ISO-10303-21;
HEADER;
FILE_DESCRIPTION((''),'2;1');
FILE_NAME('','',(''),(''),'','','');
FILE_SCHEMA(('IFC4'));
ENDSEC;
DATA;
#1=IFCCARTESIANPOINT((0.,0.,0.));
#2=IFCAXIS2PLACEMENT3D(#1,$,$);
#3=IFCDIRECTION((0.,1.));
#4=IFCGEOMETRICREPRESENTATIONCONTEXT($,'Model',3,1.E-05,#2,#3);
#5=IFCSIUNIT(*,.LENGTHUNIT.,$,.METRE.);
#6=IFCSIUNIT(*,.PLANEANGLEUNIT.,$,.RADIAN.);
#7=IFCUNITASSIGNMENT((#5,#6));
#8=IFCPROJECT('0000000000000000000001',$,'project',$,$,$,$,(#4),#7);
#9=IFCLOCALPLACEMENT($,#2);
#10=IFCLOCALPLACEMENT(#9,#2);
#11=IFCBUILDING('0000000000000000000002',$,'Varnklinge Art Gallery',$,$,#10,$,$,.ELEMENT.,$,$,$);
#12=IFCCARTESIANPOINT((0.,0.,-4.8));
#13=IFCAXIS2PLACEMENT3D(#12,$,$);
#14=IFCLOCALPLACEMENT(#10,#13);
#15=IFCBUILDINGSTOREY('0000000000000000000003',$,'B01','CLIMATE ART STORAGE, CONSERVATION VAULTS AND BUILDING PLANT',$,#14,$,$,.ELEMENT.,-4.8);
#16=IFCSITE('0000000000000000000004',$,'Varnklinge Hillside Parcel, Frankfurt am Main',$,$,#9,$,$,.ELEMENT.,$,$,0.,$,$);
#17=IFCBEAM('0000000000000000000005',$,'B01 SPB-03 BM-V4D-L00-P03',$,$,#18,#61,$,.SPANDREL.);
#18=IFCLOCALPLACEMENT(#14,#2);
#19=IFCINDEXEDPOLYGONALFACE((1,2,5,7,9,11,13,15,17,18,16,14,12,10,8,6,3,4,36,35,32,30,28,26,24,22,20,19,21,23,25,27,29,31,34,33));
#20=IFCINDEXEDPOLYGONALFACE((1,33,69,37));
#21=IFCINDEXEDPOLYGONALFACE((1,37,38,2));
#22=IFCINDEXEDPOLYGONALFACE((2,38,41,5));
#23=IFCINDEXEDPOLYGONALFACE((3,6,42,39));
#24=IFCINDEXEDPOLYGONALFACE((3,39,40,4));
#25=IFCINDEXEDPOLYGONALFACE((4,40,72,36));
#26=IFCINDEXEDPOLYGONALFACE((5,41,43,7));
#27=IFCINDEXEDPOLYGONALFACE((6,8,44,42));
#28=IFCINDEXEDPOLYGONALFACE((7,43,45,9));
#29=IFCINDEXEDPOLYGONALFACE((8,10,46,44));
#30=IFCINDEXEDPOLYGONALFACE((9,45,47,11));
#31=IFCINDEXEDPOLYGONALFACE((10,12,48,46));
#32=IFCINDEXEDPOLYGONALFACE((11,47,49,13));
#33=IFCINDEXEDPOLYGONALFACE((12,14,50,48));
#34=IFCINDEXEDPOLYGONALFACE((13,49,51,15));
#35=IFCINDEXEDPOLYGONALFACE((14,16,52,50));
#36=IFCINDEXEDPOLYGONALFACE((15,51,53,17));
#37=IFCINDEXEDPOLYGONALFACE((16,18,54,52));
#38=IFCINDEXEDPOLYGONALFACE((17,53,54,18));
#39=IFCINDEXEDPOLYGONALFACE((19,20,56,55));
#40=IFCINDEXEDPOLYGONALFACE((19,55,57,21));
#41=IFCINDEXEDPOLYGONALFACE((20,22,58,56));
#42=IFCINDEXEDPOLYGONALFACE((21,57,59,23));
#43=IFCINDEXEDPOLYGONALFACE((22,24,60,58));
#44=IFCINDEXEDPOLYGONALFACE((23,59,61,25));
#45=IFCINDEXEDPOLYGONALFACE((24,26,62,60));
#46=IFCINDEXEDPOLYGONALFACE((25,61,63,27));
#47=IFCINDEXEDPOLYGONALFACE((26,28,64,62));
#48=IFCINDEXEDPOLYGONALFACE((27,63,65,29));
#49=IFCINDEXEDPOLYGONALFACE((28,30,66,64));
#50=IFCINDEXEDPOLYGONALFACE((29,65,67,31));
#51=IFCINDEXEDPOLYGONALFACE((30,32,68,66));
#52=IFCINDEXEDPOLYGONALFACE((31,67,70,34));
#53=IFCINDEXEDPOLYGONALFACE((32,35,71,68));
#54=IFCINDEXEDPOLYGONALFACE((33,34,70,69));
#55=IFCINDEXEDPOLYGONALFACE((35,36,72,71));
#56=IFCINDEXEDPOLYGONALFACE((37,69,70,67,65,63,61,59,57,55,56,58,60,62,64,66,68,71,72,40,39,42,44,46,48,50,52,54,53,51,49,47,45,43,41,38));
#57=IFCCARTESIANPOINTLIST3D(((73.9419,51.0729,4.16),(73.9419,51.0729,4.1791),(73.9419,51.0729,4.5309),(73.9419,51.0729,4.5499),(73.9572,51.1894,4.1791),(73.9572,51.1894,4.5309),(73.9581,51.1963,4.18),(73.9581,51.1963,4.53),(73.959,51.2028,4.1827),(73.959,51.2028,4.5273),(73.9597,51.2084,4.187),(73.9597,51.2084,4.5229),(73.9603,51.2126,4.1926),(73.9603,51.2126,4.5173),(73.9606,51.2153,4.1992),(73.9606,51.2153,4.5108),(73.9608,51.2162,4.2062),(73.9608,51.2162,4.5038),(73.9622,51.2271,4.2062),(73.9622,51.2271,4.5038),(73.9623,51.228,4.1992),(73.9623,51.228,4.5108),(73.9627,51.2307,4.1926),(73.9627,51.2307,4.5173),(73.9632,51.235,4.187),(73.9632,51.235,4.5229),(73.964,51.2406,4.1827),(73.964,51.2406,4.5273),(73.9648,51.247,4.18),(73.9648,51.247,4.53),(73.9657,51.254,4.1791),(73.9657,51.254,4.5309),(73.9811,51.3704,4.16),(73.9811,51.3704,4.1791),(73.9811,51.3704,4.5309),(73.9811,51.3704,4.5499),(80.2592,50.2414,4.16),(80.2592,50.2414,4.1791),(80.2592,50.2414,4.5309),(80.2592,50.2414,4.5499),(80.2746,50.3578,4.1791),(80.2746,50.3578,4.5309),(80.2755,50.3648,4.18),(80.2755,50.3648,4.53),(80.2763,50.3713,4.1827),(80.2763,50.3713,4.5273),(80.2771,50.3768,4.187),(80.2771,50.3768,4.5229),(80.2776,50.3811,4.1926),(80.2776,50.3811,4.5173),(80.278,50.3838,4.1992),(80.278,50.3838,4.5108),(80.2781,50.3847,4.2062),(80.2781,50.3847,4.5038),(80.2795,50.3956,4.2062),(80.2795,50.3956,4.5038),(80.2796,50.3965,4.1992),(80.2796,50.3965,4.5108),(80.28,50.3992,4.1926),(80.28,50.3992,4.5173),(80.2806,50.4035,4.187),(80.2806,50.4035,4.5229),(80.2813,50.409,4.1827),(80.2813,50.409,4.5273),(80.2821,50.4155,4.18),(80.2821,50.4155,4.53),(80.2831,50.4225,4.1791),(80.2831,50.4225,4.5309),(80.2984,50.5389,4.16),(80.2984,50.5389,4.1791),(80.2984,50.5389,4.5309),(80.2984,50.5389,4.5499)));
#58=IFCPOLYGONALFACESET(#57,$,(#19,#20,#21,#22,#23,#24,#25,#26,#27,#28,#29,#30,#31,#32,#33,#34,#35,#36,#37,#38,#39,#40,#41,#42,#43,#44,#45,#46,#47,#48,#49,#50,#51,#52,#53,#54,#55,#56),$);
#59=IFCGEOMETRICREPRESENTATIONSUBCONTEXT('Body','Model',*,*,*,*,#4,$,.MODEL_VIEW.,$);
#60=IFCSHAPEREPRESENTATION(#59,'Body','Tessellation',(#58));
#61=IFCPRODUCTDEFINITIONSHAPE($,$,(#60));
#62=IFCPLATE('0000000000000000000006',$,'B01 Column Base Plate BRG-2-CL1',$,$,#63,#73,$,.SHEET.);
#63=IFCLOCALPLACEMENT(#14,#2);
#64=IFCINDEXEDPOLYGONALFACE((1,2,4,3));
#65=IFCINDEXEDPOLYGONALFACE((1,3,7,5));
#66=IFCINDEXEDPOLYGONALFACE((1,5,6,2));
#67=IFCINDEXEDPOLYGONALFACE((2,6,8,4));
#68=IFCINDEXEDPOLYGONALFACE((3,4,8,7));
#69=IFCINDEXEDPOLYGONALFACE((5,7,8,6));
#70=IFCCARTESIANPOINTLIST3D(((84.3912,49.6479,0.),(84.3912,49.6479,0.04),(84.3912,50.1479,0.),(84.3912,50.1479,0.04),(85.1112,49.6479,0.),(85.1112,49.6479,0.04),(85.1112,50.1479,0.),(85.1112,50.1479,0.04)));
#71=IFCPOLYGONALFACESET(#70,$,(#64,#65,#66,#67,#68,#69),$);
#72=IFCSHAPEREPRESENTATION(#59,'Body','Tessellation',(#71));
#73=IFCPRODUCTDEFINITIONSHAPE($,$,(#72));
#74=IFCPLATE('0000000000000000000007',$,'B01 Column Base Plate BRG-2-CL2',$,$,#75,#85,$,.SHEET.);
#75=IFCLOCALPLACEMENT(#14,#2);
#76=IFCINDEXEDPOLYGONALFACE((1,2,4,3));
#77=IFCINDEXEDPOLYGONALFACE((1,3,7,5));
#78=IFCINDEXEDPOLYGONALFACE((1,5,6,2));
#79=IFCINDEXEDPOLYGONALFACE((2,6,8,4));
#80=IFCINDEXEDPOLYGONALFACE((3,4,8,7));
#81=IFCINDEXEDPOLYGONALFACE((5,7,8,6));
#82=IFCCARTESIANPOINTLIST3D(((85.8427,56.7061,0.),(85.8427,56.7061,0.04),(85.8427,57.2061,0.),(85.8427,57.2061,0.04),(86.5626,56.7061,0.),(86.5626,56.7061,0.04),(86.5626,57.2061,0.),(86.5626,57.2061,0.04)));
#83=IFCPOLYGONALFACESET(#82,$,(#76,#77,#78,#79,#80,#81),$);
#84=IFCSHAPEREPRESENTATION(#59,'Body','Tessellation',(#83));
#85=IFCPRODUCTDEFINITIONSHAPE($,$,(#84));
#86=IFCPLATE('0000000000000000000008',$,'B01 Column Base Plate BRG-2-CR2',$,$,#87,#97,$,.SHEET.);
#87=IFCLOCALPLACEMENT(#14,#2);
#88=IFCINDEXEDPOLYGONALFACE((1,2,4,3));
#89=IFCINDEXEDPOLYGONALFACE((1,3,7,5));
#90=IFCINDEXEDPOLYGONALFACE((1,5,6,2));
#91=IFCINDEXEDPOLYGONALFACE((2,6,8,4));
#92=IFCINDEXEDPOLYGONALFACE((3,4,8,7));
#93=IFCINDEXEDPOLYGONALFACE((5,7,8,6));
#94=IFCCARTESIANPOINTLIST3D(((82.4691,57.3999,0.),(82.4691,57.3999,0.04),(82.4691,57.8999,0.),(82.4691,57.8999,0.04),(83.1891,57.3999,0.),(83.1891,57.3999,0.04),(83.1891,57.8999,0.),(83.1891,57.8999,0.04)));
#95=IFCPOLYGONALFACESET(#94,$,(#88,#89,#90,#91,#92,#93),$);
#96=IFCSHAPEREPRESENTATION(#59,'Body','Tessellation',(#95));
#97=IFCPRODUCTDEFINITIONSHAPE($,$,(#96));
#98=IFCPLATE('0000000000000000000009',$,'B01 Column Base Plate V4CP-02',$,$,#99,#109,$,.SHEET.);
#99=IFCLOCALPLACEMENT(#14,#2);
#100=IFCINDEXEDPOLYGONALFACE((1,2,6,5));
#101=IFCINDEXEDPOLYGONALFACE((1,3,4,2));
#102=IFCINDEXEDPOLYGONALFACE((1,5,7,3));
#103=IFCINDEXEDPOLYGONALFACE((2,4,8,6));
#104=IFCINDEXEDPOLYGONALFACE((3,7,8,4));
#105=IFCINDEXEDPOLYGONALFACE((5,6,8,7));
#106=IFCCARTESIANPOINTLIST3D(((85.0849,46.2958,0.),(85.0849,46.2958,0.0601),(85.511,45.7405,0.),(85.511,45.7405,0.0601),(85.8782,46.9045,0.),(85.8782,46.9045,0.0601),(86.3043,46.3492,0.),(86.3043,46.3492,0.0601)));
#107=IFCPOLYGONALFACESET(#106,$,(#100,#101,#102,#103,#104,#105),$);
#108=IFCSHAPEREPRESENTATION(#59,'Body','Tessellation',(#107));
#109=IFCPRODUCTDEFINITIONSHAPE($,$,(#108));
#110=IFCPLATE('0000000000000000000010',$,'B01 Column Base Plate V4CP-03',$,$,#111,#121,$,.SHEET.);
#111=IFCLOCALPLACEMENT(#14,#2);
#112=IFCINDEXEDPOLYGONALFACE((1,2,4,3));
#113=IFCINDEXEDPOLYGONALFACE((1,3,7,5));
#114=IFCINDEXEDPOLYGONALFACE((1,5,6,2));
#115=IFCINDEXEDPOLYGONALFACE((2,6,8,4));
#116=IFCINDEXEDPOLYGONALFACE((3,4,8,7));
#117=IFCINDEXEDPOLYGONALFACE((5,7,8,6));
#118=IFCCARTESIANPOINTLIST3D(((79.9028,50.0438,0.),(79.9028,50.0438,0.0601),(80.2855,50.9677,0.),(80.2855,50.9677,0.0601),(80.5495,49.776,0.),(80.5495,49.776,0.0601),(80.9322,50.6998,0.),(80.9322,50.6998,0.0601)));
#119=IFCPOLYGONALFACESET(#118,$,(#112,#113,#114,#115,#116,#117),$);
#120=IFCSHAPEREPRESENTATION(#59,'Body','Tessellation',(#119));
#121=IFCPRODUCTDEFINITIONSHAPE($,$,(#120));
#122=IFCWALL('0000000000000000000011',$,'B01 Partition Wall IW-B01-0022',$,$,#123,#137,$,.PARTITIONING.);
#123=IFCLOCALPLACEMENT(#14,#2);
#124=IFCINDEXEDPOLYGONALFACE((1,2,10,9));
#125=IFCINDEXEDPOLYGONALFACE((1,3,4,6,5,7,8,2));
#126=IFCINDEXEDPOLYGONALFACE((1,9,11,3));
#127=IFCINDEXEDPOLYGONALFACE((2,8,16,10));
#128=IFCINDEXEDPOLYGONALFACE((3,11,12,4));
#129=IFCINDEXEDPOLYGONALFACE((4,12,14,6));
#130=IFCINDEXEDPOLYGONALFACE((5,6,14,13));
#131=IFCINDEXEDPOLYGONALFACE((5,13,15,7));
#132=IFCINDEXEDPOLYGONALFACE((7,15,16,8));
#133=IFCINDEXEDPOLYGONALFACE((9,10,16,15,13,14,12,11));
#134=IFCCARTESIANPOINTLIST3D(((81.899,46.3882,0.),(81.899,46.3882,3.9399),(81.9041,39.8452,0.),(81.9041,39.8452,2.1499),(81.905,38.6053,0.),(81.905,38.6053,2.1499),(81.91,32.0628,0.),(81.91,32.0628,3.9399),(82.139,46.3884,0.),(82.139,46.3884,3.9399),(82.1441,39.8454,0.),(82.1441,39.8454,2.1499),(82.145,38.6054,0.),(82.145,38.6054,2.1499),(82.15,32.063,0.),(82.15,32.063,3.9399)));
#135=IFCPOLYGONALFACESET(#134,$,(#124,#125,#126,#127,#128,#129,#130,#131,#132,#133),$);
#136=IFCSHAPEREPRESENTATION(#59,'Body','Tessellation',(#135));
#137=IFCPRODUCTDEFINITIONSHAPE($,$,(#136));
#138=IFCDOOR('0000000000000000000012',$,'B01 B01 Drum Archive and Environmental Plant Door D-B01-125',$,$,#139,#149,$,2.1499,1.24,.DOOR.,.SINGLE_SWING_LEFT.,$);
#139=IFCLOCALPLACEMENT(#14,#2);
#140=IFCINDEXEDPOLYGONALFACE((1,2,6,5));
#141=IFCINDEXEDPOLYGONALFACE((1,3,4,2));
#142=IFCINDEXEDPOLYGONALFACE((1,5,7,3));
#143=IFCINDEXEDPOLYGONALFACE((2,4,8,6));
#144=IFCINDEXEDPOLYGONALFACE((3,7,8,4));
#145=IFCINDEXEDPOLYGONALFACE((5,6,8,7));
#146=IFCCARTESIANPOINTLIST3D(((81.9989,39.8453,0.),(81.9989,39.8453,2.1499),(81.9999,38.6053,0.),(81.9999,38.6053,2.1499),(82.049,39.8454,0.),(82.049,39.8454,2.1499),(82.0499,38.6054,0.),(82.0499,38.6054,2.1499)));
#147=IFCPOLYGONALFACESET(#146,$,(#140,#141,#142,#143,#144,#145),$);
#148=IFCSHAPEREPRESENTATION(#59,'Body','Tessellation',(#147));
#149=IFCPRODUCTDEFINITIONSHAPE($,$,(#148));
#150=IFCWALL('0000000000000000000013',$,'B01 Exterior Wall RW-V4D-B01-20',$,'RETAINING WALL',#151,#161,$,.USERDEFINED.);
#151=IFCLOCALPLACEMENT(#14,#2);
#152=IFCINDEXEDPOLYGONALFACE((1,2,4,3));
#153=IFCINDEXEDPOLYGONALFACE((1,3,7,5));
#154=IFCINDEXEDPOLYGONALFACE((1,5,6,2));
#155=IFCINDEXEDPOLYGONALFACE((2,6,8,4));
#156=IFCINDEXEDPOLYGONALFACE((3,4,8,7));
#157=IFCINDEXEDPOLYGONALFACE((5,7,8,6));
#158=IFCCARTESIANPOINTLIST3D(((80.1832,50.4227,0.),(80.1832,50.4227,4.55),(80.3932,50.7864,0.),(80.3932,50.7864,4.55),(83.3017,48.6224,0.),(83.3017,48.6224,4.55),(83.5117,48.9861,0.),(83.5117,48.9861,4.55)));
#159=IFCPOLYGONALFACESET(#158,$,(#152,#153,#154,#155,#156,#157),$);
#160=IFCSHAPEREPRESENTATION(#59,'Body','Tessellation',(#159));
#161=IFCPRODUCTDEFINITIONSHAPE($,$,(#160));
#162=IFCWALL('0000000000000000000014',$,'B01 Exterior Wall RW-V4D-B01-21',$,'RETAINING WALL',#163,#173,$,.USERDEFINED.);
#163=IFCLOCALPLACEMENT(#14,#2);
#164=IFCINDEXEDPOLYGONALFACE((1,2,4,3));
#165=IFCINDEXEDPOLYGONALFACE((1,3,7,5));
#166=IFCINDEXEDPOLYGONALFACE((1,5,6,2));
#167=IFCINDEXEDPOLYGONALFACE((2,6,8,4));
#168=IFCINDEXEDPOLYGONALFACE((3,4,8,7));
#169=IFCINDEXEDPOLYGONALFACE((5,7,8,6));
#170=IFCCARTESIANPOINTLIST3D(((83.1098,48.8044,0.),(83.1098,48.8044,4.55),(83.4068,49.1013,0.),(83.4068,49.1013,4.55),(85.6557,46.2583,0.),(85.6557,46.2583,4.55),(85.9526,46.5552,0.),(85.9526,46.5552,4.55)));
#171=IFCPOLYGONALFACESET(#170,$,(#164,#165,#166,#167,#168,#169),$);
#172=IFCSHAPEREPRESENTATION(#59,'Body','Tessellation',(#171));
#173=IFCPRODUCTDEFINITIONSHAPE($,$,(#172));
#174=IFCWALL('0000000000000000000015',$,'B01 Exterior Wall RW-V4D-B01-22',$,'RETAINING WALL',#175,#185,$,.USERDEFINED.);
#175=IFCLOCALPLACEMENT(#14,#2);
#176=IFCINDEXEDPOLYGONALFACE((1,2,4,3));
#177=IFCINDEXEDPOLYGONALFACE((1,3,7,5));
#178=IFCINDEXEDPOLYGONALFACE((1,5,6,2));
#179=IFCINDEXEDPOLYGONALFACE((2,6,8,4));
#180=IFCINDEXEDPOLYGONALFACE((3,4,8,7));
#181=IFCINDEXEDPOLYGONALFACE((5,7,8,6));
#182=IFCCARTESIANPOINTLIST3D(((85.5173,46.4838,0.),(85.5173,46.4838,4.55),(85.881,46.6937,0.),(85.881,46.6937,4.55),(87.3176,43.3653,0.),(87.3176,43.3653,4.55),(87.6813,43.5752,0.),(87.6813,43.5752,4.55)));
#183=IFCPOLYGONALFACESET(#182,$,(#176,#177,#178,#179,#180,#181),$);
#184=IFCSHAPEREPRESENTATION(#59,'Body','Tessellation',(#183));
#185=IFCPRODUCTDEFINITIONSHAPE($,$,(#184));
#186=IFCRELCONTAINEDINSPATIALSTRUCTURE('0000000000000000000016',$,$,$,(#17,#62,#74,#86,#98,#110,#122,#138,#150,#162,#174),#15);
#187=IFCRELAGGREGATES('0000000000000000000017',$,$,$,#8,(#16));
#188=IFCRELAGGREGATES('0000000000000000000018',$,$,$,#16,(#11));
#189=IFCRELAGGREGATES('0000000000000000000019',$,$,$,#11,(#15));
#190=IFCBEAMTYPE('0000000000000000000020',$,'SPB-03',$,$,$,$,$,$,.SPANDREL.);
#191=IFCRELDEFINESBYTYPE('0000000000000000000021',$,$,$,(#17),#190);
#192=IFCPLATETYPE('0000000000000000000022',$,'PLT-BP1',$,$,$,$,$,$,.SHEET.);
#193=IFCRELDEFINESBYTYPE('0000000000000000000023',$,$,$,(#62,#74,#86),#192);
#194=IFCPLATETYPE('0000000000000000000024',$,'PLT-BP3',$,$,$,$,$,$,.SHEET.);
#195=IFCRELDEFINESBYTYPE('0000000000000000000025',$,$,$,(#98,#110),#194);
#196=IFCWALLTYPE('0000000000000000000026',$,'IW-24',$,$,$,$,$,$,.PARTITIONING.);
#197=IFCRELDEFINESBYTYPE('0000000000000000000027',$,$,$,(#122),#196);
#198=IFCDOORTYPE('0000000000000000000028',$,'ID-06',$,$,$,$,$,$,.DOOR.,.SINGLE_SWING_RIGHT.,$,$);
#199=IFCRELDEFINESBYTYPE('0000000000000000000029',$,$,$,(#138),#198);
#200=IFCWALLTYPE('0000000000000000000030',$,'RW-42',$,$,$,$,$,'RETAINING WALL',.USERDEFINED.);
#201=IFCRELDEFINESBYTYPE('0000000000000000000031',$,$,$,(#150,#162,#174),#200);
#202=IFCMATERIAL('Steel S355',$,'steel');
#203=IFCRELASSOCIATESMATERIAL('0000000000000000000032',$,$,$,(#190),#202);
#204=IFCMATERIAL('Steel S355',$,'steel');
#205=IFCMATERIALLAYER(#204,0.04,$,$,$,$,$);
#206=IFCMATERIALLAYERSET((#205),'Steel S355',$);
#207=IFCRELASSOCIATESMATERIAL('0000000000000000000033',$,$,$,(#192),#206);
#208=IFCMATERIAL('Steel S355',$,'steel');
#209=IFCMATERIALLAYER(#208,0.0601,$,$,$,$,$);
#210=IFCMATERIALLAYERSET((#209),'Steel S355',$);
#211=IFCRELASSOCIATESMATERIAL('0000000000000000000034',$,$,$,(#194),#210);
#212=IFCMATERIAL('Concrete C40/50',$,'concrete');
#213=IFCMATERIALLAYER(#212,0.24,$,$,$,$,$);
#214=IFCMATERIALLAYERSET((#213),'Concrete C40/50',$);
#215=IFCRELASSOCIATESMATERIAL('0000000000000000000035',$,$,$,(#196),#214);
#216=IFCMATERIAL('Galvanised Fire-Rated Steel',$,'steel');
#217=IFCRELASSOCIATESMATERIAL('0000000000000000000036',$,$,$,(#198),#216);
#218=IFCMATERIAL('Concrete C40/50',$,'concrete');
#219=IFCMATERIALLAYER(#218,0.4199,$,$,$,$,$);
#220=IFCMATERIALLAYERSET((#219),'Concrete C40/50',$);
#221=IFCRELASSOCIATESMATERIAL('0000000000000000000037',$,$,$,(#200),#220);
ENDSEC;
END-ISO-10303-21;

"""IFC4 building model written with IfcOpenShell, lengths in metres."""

from ifc_helpers import new_model, si_unit, direction, frame, frame_2d, origin, origin_2d, place, context, subcontext, project, spatial, rectangle, i_section, extrude, material, layer, layer_set, material_profile, profile_set, type_object, element, fill, save


model = new_model("IFC4")

# Units and contexts
model_context = context("Model", 3, precision=1e-05, world=origin(), true_north=direction((0.0, 1.0)))
body_context = subcontext(model_context, "Body", "Model", "MODEL_VIEW")
ifc_project = project(units=[si_unit("LENGTHUNIT", "METRE"), si_unit("PLANEANGLEUNIT", "RADIAN")], contexts=[model_context])

# Site, building, storey
site_placement = place(None, origin())
site = spatial("IfcSite", under=ifc_project, at=site_placement, Name="Varnklinge Hillside Parcel, Frankfurt am Main", CompositionType="ELEMENT", RefElevation=0.0)
building_placement = place(site_placement, origin())
building = spatial("IfcBuilding", under=site, at=building_placement, Name="Varnklinge Art Gallery", CompositionType="ELEMENT")
storey_placement = place(building_placement, frame((0.0, 0.0, -4.8)))
storey = spatial("IfcBuildingStorey", under=building, at=storey_placement, Name="B01", Description="CLIMATE ART STORAGE, CONSERVATION VAULTS AND BUILDING PLANT", CompositionType="ELEMENT", Elevation=-4.8)

# Beam
ifc_material_1 = material(Name="Steel S355", Category="steel")
ifc_material_profile_1 = material_profile(ifc_material_1, i_section(OverallWidth=0.3, OverallDepth=0.3899, WebThickness=0.011, FlangeThickness=0.019, FilletRadius=0.0271, at=origin_2d()), Name="HEA 400")
ifc_profile_set_1 = profile_set([ifc_material_profile_1], Name="Steel S355")
beam_type_1 = type_object("IfcBeamType", Name="SPB-03", PredefinedType="SPANDREL", material=ifc_profile_set_1)
beam_1_placement = place(storey_placement, frame((80.2788, 50.3901, 4.355), z_axis=(-0.991448, 0.130502, 0.0), x_axis=(-0.130502, -0.991448, 0.0)))
element("IfcBeam", 1, at=beam_1_placement, inside=storey, type_object=beam_type_1, Name="B01 SPB-03 BM-V4D-L00-P03", PredefinedType="SPANDREL", context=body_context, shape_type="SweptSolid", body=[
    extrude(i_section(OverallWidth=0.3, OverallDepth=0.3899, WebThickness=0.011, FlangeThickness=0.019, FilletRadius=0.0271, at=origin_2d()), origin(), (0.0, 0.0, 1.0), 6.3718),
])

# Plates
ifc_material_2 = material(Name="Steel S355", Category="steel")
ifc_layer_1 = layer(ifc_material_2, 0.04)
ifc_layer_set_1 = layer_set([ifc_layer_1], Name="Steel S355")
plate_type_1 = type_object("IfcPlateType", Name="PLT-BP1", PredefinedType="SHEET", material=ifc_layer_set_1)
for number, where, z_axis, x_axis, name in (
    (2, (84.7512, 49.8979, 0.0), (0.0, 0.0, 1.0), (1.0, 0.0, 0.0), "B01 Column Base Plate BRG-2-CL1"),
    (3, (86.2026, 56.9561, 0.0), (0.0, 0.0, 1.0), (1.0, 0.0, 0.0), "B01 Column Base Plate BRG-2-CL2"),
    (4, (82.8291, 57.6499, 0.0), (0.0, 0.0, 1.0), (1.0, 0.0, 0.0), "B01 Column Base Plate BRG-2-CR2"),
):
    element("IfcPlate", number, at=place(storey_placement, frame(where, z_axis=z_axis, x_axis=x_axis)), inside=storey, type_object=plate_type_1, Name=name, PredefinedType="SHEET", context=body_context, shape_type="SweptSolid", body=[
        extrude(rectangle(XDim=0.72, YDim=0.5, at=origin_2d()), origin(), (0.0, 0.0, 1.0), 0.04),
    ])
ifc_material_3 = material(Name="Steel S355", Category="steel")
ifc_layer_2 = layer(ifc_material_3, 0.0601)
ifc_layer_set_2 = layer_set([ifc_layer_2], Name="Steel S355")
plate_type_2 = type_object("IfcPlateType", Name="PLT-BP3", PredefinedType="SHEET", material=ifc_layer_set_2)
for number, where, z_axis, x_axis, name in (
    (5, (85.6946, 46.3225, 0.0), (0.0, 0.0, 1.0), (0.793353, 0.608761, 0.0), "B01 Column Base Plate V4CP-02"),
    (6, (80.4175, 50.3718, 0.0), (0.0, 0.0, 1.0), (0.382683, 0.92388, 0.0), "B01 Column Base Plate V4CP-03"),
):
    element("IfcPlate", number, at=place(storey_placement, frame(where, z_axis=z_axis, x_axis=x_axis)), inside=storey, type_object=plate_type_2, Name=name, PredefinedType="SHEET", context=body_context, shape_type="SweptSolid", body=[
        extrude(rectangle(XDim=1.0, YDim=0.7, at=origin_2d()), origin(), (0.0, 0.0, 1.0), 0.0601),
    ])

# Wall, opening, door
ifc_material_4 = material(Name="Concrete C40/50", Category="concrete")
ifc_layer_3 = layer(ifc_material_4, 0.24)
ifc_layer_set_3 = layer_set([ifc_layer_3], Name="Concrete C40/50")
wall_type_1 = type_object("IfcWallType", Name="IW-24", PredefinedType="PARTITIONING", material=ifc_layer_set_3)
wall_1_placement = place(storey_placement, frame((82.019, 46.3882, 0.0), z_axis=(0.0, 0.0, 1.0), x_axis=(0.000767, -1.0, 0.0)))
wall_1 = element("IfcWall", 7, at=wall_1_placement, inside=storey, type_object=wall_type_1, Name="B01 Partition Wall IW-B01-0022", PredefinedType="PARTITIONING", context=body_context, shape_type="SweptSolid", body=[
    extrude(rectangle(XDim=14.3254, YDim=0.24, at=frame_2d((7.1626, 0.0))), origin(), (0.0, 0.0, 1.0), 3.9399),
])
opening_placement = place(wall_1_placement, frame((6.5427, 0.0, 0.0)))
opening = element("IfcOpeningElement", 8, at=opening_placement, cuts=wall_1, PredefinedType="OPENING", context=body_context, shape_type="SweptSolid", body=[
    extrude(rectangle(XDim=1.24, YDim=2.1499, at=frame_2d((0.6201, 1.075))), frame((0.0, 0.1301, 0.0), z_axis=(0.0, -1.0, 0.0), x_axis=(1.0, 0.0, 0.0)), (0.0, 0.0, 1.0), 0.26),
])
ifc_material_5 = material(Name="Galvanised Fire-Rated Steel", Category="steel")
door_type = type_object("IfcDoorType", Name="ID-06", OperationType="SINGLE_SWING_RIGHT", PredefinedType="DOOR", material=ifc_material_5)
door_placement = place(opening_placement, origin())
door = element("IfcDoor", 9, at=door_placement, inside=storey, type_object=door_type, Name="B01 B01 Drum Archive and Environmental Plant Door D-B01-125", OperationType="SINGLE_SWING_LEFT", OverallHeight=2.1499, OverallWidth=1.24, PredefinedType="DOOR", context=body_context, shape_type="SweptSolid", body=[
    extrude(rectangle(XDim=1.24, YDim=2.1499, at=frame_2d((0.6201, 1.075))), frame((0.0, 0.0249, 0.0), z_axis=(0.0, -1.0, 0.0), x_axis=(1.0, 0.0, 0.0)), (0.0, 0.0, 1.0), 0.05),
])
fill(opening, door)

# Walls
ifc_material_6 = material(Name="Concrete C40/50", Category="concrete")
ifc_layer_4 = layer(ifc_material_6, 0.4199)
ifc_layer_set_4 = layer_set([ifc_layer_4], Name="Concrete C40/50")
wall_type_2 = type_object("IfcWallType", Name="RW-42", ElementType="RETAINING WALL", PredefinedType="USERDEFINED", material=ifc_layer_set_4)
wall_2_placement = place(storey_placement, frame((80.2883, 50.6045, 0.0), z_axis=(0.0, 0.0, 1.0), x_axis=(0.86604, -0.499975, 0.0)))
element("IfcWall", 10, at=wall_2_placement, inside=storey, type_object=wall_type_2, Name="B01 Exterior Wall RW-V4D-B01-20", ObjectType="RETAINING WALL", PredefinedType="USERDEFINED", context=body_context, shape_type="SweptSolid", body=[
    extrude(rectangle(XDim=3.6008, YDim=0.4199, at=frame_2d((1.8003, 0.0))), origin(), (0.0, 0.0, 1.0), 4.55),
])
wall_3_placement = place(storey_placement, frame((83.2583, 48.9529, 0.0), z_axis=(0.0, 0.0, 1.0), x_axis=(0.707073, -0.707141, 0.0)))
element("IfcWall", 11, at=wall_3_placement, inside=storey, type_object=wall_type_2, Name="B01 Exterior Wall RW-V4D-B01-21", ObjectType="RETAINING WALL", PredefinedType="USERDEFINED", context=body_context, shape_type="SweptSolid", body=[
    extrude(rectangle(XDim=3.6006, YDim=0.4199, at=frame_2d((1.8003, 0.0))), origin(), (0.0, 0.0, 1.0), 4.55),
])
wall_4_placement = place(storey_placement, frame((85.6992, 46.5886, 0.0), z_axis=(0.0, 0.0, 1.0), x_axis=(0.499975, -0.86604, 0.0)))
element("IfcWall", 12, at=wall_4_placement, inside=storey, type_object=wall_type_2, Name="B01 Exterior Wall RW-V4D-B01-22", ObjectType="RETAINING WALL", PredefinedType="USERDEFINED", context=body_context, shape_type="SweptSolid", body=[
    extrude(rectangle(XDim=3.6008, YDim=0.4199, at=frame_2d((1.8003, 0.0))), origin(), (0.0, 0.0, 1.0), 4.55),
])

save(model, "model.ifc")
